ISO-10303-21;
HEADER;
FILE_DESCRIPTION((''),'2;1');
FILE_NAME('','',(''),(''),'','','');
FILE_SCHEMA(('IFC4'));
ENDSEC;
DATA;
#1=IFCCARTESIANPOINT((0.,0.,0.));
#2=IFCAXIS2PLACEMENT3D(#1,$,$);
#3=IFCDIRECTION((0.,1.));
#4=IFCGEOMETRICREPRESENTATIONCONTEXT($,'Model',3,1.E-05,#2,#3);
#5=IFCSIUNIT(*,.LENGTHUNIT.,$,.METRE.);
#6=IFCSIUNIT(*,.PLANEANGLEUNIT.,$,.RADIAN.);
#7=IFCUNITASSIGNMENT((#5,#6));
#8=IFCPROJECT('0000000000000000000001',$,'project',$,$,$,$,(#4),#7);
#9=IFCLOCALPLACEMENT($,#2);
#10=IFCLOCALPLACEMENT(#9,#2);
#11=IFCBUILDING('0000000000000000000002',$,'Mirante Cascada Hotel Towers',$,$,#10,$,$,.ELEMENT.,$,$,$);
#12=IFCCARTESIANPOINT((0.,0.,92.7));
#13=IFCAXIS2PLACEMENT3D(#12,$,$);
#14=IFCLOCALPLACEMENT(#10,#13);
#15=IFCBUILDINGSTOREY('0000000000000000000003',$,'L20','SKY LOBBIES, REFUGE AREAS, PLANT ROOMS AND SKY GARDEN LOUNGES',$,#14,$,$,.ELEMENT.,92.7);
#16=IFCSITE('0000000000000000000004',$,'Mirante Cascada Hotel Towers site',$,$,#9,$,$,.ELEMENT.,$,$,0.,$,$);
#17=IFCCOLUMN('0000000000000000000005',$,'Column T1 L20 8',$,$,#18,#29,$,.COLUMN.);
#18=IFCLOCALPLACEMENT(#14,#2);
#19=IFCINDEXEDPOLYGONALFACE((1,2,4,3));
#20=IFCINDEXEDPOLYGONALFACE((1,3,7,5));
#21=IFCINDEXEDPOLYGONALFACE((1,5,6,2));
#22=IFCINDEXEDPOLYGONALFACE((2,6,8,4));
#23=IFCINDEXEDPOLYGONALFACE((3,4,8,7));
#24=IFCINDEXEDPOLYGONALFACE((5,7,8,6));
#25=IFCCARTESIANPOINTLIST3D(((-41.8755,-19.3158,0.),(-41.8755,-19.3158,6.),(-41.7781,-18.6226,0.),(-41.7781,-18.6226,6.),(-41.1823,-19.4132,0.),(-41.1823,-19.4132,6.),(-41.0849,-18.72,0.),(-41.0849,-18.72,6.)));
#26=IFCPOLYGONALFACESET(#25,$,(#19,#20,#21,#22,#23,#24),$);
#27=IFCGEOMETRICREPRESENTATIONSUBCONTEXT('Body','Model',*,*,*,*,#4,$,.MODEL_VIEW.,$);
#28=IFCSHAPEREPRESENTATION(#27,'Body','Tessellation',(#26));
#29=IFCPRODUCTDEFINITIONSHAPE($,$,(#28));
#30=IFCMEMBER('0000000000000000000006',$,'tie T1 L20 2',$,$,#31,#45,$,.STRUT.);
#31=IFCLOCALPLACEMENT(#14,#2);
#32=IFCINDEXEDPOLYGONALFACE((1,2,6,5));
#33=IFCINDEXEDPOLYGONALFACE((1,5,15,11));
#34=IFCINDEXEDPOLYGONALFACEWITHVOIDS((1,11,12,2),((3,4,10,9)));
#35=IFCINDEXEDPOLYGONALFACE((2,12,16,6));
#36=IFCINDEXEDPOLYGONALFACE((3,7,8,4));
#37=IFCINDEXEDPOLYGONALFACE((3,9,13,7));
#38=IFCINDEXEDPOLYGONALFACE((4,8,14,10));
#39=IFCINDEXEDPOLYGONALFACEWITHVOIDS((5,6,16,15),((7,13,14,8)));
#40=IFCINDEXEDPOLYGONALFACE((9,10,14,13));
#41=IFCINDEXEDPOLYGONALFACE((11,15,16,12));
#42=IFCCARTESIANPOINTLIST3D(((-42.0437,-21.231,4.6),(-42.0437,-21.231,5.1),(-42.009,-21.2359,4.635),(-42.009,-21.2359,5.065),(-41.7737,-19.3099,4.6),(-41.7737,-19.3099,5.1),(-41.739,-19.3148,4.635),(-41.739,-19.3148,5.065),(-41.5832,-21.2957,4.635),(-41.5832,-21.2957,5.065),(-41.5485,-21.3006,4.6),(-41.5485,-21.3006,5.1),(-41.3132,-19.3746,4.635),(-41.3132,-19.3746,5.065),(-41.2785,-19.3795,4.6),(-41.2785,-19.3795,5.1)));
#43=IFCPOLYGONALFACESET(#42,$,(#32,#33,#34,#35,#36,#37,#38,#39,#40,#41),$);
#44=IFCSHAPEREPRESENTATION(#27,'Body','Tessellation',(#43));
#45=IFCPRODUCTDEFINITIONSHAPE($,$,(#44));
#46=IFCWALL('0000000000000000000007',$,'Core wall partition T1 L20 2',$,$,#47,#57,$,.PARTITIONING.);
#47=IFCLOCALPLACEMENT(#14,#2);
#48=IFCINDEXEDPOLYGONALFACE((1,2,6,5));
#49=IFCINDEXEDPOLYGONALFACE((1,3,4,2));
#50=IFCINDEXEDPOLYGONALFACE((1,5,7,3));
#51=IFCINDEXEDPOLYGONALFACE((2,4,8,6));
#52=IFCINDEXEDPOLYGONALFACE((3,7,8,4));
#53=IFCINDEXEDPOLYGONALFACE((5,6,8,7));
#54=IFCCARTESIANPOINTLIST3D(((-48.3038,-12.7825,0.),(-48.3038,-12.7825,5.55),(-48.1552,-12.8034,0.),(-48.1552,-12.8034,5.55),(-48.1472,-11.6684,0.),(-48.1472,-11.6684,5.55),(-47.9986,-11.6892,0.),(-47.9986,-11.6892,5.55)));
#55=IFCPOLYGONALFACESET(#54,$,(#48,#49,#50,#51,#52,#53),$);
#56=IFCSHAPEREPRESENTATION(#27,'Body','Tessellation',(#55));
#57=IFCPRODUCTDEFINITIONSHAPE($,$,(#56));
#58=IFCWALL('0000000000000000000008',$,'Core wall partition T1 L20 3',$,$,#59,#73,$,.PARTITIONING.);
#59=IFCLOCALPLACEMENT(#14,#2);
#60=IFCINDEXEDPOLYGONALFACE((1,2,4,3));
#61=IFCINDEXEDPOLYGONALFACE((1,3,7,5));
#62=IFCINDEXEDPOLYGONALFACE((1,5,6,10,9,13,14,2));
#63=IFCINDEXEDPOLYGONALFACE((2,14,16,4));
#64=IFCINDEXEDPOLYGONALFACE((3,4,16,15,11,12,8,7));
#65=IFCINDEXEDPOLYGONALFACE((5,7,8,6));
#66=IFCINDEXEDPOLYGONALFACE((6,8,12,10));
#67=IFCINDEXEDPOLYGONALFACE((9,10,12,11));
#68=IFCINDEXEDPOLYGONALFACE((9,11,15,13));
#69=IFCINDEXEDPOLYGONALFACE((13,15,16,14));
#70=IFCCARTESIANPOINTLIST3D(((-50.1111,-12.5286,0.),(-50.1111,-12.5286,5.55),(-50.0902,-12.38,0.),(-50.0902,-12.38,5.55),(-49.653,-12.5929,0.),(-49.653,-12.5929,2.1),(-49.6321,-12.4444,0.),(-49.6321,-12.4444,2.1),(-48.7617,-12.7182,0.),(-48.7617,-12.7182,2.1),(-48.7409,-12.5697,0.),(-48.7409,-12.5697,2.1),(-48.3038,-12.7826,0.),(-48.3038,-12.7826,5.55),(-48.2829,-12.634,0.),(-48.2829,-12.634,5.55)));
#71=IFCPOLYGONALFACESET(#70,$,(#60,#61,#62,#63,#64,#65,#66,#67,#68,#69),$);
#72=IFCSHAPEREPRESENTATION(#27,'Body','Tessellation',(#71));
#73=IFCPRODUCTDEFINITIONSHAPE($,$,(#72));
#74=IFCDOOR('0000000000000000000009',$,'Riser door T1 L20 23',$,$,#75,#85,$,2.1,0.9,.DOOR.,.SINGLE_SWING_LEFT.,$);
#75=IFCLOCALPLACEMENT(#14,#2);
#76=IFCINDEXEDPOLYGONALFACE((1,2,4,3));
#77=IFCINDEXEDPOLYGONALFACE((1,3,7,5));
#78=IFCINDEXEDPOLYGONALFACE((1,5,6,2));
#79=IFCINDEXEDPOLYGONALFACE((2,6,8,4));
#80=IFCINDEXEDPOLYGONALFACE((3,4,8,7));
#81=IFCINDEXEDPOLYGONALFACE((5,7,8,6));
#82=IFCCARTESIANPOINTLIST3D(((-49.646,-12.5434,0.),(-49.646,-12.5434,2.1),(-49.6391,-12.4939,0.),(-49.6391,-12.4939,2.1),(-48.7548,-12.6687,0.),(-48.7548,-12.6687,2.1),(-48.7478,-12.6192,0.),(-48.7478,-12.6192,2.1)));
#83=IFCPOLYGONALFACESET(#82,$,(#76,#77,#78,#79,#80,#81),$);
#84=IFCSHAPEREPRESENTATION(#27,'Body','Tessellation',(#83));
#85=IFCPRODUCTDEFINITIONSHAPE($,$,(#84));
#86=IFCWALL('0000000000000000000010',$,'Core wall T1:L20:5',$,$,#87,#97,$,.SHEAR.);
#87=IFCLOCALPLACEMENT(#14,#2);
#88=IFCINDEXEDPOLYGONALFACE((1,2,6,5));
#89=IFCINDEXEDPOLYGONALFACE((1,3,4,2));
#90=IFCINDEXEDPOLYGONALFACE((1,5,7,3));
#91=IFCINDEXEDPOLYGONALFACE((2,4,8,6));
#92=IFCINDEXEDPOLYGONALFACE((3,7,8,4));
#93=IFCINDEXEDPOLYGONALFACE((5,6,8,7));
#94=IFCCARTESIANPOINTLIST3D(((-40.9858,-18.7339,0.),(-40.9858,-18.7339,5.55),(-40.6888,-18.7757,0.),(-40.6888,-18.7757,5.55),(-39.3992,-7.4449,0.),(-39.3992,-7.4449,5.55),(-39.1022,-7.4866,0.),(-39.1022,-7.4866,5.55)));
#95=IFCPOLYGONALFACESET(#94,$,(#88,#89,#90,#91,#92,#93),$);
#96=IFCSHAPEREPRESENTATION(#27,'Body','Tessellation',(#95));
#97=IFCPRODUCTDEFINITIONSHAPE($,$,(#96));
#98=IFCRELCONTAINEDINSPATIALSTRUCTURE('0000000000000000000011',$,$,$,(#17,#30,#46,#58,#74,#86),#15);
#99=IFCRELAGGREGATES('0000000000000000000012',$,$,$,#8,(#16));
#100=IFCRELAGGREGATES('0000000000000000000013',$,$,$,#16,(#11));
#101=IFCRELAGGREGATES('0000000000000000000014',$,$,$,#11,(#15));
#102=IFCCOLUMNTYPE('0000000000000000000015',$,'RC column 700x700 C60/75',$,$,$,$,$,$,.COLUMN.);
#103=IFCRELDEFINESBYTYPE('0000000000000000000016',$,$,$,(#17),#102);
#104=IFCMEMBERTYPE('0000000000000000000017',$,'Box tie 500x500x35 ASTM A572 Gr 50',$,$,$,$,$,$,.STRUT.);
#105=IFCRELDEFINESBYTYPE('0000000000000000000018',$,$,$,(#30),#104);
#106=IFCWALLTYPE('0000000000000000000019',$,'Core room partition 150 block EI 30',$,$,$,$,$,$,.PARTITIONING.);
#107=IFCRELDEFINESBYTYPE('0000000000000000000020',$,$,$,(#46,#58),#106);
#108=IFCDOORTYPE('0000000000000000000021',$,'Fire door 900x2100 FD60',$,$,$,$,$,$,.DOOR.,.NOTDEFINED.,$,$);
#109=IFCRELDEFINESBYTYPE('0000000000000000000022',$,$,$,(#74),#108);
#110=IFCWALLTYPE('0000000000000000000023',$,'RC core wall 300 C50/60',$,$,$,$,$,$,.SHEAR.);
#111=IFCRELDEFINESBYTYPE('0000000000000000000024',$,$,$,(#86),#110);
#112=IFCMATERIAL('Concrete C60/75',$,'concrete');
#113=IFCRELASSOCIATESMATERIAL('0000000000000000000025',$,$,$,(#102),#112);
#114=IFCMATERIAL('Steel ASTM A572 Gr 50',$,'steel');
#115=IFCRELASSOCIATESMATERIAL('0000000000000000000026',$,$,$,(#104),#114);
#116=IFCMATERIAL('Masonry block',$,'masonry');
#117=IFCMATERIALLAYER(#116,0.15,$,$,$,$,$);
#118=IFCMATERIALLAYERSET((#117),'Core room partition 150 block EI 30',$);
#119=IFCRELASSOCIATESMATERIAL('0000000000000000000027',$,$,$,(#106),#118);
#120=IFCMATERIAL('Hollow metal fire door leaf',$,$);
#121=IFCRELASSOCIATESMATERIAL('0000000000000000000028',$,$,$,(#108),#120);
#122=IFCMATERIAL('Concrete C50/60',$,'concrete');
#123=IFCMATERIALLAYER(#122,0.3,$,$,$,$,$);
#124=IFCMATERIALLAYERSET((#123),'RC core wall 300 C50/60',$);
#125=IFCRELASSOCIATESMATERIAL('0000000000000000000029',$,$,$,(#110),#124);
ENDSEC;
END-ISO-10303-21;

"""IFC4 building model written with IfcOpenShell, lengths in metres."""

from ifc_helpers import new_model, si_unit, direction, frame, frame_2d, origin, origin_2d, place, context, subcontext, project, spatial, rectangle, hollow_rectangle, extrude, material, layer, layer_set, material_profile, profile_set, type_object, element, fill, save


model = new_model("IFC4")

# Units and contexts
model_context = context("Model", 3, precision=1e-05, world=origin(), true_north=direction((0.0, 1.0)))
body_context = subcontext(model_context, "Body", "Model", "MODEL_VIEW")
ifc_project = project(units=[si_unit("LENGTHUNIT", "METRE"), si_unit("PLANEANGLEUNIT", "RADIAN")], contexts=[model_context])

# Site, building, storey
site_placement = place(None, origin())
site = spatial("IfcSite", under=ifc_project, at=site_placement, Name="Mirante Cascada Hotel Towers site", CompositionType="ELEMENT", RefElevation=0.0)
building_placement = place(site_placement, origin())
building = spatial("IfcBuilding", under=site, at=building_placement, Name="Mirante Cascada Hotel Towers", CompositionType="ELEMENT")
storey_placement = place(building_placement, frame((0.0, 0.0, 92.7)))
storey = spatial("IfcBuildingStorey", under=building, at=storey_placement, Name="L20", Description="SKY LOBBIES, REFUGE AREAS, PLANT ROOMS AND SKY GARDEN LOUNGES", CompositionType="ELEMENT", Elevation=92.7)

# Column
ifc_material_1 = material(Name="Concrete C60/75", Category="concrete")
ifc_material_profile_1 = material_profile(ifc_material_1, rectangle(XDim=0.7, YDim=0.7, at=origin_2d()), Name="RC column 700x700 C60/75")
ifc_profile_set_1 = profile_set([ifc_material_profile_1], Name="Concrete C60/75")
column_type = type_object("IfcColumnType", Name="RC column 700x700 C60/75", PredefinedType="COLUMN", material=ifc_profile_set_1)
column_placement = place(storey_placement, frame((-41.4802, -19.0179, 0.0), z_axis=(0.0, 0.0, 1.0), x_axis=(-0.990268, 0.139173, 0.0)))
element("IfcColumn", 1, at=column_placement, inside=storey, type_object=column_type, Name="Column T1 L20 8", PredefinedType="COLUMN", context=body_context, shape_type="SweptSolid", body=[
    extrude(rectangle(XDim=0.7, YDim=0.7, at=origin_2d()), origin(), (0.0, 0.0, 1.0), 6.0),
])

# Member
ifc_material_2 = material(Name="Steel ASTM A572 Gr 50", Category="steel")
ifc_material_profile_2 = material_profile(ifc_material_2, hollow_rectangle(XDim=0.5, YDim=0.5, WallThickness=0.035, at=origin_2d()), Name="Box tie 500x500x35 ASTM A572 Gr 50")
ifc_profile_set_2 = profile_set([ifc_material_profile_2], Name="Steel ASTM A572 Gr 50")
member_type = type_object("IfcMemberType", Name="Box tie 500x500x35 ASTM A572 Gr 50", PredefinedType="STRUT", material=ifc_profile_set_2)
member_placement = place(storey_placement, frame((-41.5261, -19.3447, 4.85), z_axis=(-0.139177, -0.990268, 0.0), x_axis=(0.990268, -0.139177, 0.0)))
element("IfcMember", 2, at=member_placement, inside=storey, type_object=member_type, Name="tie T1 L20 2", PredefinedType="STRUT", context=body_context, shape_type="SweptSolid", body=[
    extrude(hollow_rectangle(XDim=0.5, YDim=0.5, WallThickness=0.035, at=origin_2d()), origin(), (0.0, 0.0, 1.0), 1.94),
])

# Wall
ifc_material_3 = material(Name="Masonry block", Category="masonry")
ifc_layer_1 = layer(ifc_material_3, 0.15)
ifc_layer_set_1 = layer_set([ifc_layer_1], Name="Core room partition 150 block EI 30")
wall_type_1 = type_object("IfcWallType", Name="Core room partition 150 block EI 30", PredefinedType="PARTITIONING", material=ifc_layer_set_1)
wall_1_placement = place(storey_placement, frame((-48.2295, -12.793, 0.0), z_axis=(0.0, 0.0, 1.0), x_axis=(0.139193, 0.990265, 0.0)))
element("IfcWall", 3, at=wall_1_placement, inside=storey, type_object=wall_type_1, Name="Core wall partition T1 L20 2", PredefinedType="PARTITIONING", context=body_context, shape_type="SweptSolid", body=[
    extrude(rectangle(XDim=1.1251, YDim=0.15, at=frame_2d((0.5626, 0.0))), origin(), (0.0, 0.0, 1.0), 5.55),
])

# Wall, opening, door
wall_2_placement = place(storey_placement, frame((-48.2933, -12.7083, 0.0), z_axis=(0.0, 0.0, 1.0), x_axis=(-0.990268, 0.139173, 0.0)))
wall_2 = element("IfcWall", 4, at=wall_2_placement, inside=storey, type_object=wall_type_1, Name="Core wall partition T1 L20 3", PredefinedType="PARTITIONING", context=body_context, shape_type="SweptSolid", body=[
    extrude(rectangle(XDim=1.8251, YDim=0.15, at=frame_2d((0.9126, 0.0))), origin(), (0.0, 0.0, 1.0), 5.55),
])
opening_1_placement = place(wall_2_placement, frame((0.4625, 0.0, 0.0)))
opening_1 = element("IfcOpeningElement", 5, at=opening_1_placement, cuts=wall_2, PredefinedType="OPENING", context=body_context, shape_type="SweptSolid", body=[
    extrude(rectangle(XDim=0.9, YDim=2.1, at=frame_2d((0.45, 1.05))), frame((0.0, 0.075, 0.0), z_axis=(0.0, -1.0, 0.0), x_axis=(1.0, 0.0, 0.0)), (0.0, 0.0, 1.0), 0.15),
])
ifc_material_4 = material(Name="Hollow metal fire door leaf")
door_type_1 = type_object("IfcDoorType", Name="Fire door 900x2100 FD60", OperationType="NOTDEFINED", PredefinedType="DOOR", material=ifc_material_4)
door_1_placement = place(opening_1_placement, origin())
door_1 = element("IfcDoor", 6, at=door_1_placement, inside=storey, type_object=door_type_1, Name="Riser door T1 L20 23", OperationType="SINGLE_SWING_LEFT", OverallHeight=2.1, OverallWidth=0.9, PredefinedType="DOOR", context=body_context, shape_type="SweptSolid", body=[
    extrude(rectangle(XDim=0.9, YDim=2.1, at=frame_2d((0.45, 1.05))), frame((0.0, 0.025, 0.0), z_axis=(0.0, -1.0, 0.0), x_axis=(1.0, 0.0, 0.0)), (0.0, 0.0, 1.0), 0.05),
])
fill(opening_1, door_1)

# Wall
ifc_material_5 = material(Name="Concrete C50/60", Category="concrete")
ifc_layer_2 = layer(ifc_material_5, 0.3)
ifc_layer_set_2 = layer_set([ifc_layer_2], Name="RC core wall 300 C50/60")
wall_type_2 = type_object("IfcWallType", Name="RC core wall 300 C50/60", PredefinedType="SHEAR", material=ifc_layer_set_2)
wall_3_placement = place(storey_placement, frame((-40.8373, -18.7548, 0.0), z_axis=(0.0, 0.0, 1.0), x_axis=(0.139175, 0.990268, 0.0)))
element("IfcWall", 7, at=wall_3_placement, inside=storey, type_object=wall_type_2, Name="Core wall T1:L20:5", PredefinedType="SHEAR", context=body_context, shape_type="SweptSolid", body=[
    extrude(rectangle(XDim=11.4, YDim=0.3, at=frame_2d((5.7, 0.0))), origin(), (0.0, 0.0, 1.0), 5.55),
])

save(model, "model.ifc")
